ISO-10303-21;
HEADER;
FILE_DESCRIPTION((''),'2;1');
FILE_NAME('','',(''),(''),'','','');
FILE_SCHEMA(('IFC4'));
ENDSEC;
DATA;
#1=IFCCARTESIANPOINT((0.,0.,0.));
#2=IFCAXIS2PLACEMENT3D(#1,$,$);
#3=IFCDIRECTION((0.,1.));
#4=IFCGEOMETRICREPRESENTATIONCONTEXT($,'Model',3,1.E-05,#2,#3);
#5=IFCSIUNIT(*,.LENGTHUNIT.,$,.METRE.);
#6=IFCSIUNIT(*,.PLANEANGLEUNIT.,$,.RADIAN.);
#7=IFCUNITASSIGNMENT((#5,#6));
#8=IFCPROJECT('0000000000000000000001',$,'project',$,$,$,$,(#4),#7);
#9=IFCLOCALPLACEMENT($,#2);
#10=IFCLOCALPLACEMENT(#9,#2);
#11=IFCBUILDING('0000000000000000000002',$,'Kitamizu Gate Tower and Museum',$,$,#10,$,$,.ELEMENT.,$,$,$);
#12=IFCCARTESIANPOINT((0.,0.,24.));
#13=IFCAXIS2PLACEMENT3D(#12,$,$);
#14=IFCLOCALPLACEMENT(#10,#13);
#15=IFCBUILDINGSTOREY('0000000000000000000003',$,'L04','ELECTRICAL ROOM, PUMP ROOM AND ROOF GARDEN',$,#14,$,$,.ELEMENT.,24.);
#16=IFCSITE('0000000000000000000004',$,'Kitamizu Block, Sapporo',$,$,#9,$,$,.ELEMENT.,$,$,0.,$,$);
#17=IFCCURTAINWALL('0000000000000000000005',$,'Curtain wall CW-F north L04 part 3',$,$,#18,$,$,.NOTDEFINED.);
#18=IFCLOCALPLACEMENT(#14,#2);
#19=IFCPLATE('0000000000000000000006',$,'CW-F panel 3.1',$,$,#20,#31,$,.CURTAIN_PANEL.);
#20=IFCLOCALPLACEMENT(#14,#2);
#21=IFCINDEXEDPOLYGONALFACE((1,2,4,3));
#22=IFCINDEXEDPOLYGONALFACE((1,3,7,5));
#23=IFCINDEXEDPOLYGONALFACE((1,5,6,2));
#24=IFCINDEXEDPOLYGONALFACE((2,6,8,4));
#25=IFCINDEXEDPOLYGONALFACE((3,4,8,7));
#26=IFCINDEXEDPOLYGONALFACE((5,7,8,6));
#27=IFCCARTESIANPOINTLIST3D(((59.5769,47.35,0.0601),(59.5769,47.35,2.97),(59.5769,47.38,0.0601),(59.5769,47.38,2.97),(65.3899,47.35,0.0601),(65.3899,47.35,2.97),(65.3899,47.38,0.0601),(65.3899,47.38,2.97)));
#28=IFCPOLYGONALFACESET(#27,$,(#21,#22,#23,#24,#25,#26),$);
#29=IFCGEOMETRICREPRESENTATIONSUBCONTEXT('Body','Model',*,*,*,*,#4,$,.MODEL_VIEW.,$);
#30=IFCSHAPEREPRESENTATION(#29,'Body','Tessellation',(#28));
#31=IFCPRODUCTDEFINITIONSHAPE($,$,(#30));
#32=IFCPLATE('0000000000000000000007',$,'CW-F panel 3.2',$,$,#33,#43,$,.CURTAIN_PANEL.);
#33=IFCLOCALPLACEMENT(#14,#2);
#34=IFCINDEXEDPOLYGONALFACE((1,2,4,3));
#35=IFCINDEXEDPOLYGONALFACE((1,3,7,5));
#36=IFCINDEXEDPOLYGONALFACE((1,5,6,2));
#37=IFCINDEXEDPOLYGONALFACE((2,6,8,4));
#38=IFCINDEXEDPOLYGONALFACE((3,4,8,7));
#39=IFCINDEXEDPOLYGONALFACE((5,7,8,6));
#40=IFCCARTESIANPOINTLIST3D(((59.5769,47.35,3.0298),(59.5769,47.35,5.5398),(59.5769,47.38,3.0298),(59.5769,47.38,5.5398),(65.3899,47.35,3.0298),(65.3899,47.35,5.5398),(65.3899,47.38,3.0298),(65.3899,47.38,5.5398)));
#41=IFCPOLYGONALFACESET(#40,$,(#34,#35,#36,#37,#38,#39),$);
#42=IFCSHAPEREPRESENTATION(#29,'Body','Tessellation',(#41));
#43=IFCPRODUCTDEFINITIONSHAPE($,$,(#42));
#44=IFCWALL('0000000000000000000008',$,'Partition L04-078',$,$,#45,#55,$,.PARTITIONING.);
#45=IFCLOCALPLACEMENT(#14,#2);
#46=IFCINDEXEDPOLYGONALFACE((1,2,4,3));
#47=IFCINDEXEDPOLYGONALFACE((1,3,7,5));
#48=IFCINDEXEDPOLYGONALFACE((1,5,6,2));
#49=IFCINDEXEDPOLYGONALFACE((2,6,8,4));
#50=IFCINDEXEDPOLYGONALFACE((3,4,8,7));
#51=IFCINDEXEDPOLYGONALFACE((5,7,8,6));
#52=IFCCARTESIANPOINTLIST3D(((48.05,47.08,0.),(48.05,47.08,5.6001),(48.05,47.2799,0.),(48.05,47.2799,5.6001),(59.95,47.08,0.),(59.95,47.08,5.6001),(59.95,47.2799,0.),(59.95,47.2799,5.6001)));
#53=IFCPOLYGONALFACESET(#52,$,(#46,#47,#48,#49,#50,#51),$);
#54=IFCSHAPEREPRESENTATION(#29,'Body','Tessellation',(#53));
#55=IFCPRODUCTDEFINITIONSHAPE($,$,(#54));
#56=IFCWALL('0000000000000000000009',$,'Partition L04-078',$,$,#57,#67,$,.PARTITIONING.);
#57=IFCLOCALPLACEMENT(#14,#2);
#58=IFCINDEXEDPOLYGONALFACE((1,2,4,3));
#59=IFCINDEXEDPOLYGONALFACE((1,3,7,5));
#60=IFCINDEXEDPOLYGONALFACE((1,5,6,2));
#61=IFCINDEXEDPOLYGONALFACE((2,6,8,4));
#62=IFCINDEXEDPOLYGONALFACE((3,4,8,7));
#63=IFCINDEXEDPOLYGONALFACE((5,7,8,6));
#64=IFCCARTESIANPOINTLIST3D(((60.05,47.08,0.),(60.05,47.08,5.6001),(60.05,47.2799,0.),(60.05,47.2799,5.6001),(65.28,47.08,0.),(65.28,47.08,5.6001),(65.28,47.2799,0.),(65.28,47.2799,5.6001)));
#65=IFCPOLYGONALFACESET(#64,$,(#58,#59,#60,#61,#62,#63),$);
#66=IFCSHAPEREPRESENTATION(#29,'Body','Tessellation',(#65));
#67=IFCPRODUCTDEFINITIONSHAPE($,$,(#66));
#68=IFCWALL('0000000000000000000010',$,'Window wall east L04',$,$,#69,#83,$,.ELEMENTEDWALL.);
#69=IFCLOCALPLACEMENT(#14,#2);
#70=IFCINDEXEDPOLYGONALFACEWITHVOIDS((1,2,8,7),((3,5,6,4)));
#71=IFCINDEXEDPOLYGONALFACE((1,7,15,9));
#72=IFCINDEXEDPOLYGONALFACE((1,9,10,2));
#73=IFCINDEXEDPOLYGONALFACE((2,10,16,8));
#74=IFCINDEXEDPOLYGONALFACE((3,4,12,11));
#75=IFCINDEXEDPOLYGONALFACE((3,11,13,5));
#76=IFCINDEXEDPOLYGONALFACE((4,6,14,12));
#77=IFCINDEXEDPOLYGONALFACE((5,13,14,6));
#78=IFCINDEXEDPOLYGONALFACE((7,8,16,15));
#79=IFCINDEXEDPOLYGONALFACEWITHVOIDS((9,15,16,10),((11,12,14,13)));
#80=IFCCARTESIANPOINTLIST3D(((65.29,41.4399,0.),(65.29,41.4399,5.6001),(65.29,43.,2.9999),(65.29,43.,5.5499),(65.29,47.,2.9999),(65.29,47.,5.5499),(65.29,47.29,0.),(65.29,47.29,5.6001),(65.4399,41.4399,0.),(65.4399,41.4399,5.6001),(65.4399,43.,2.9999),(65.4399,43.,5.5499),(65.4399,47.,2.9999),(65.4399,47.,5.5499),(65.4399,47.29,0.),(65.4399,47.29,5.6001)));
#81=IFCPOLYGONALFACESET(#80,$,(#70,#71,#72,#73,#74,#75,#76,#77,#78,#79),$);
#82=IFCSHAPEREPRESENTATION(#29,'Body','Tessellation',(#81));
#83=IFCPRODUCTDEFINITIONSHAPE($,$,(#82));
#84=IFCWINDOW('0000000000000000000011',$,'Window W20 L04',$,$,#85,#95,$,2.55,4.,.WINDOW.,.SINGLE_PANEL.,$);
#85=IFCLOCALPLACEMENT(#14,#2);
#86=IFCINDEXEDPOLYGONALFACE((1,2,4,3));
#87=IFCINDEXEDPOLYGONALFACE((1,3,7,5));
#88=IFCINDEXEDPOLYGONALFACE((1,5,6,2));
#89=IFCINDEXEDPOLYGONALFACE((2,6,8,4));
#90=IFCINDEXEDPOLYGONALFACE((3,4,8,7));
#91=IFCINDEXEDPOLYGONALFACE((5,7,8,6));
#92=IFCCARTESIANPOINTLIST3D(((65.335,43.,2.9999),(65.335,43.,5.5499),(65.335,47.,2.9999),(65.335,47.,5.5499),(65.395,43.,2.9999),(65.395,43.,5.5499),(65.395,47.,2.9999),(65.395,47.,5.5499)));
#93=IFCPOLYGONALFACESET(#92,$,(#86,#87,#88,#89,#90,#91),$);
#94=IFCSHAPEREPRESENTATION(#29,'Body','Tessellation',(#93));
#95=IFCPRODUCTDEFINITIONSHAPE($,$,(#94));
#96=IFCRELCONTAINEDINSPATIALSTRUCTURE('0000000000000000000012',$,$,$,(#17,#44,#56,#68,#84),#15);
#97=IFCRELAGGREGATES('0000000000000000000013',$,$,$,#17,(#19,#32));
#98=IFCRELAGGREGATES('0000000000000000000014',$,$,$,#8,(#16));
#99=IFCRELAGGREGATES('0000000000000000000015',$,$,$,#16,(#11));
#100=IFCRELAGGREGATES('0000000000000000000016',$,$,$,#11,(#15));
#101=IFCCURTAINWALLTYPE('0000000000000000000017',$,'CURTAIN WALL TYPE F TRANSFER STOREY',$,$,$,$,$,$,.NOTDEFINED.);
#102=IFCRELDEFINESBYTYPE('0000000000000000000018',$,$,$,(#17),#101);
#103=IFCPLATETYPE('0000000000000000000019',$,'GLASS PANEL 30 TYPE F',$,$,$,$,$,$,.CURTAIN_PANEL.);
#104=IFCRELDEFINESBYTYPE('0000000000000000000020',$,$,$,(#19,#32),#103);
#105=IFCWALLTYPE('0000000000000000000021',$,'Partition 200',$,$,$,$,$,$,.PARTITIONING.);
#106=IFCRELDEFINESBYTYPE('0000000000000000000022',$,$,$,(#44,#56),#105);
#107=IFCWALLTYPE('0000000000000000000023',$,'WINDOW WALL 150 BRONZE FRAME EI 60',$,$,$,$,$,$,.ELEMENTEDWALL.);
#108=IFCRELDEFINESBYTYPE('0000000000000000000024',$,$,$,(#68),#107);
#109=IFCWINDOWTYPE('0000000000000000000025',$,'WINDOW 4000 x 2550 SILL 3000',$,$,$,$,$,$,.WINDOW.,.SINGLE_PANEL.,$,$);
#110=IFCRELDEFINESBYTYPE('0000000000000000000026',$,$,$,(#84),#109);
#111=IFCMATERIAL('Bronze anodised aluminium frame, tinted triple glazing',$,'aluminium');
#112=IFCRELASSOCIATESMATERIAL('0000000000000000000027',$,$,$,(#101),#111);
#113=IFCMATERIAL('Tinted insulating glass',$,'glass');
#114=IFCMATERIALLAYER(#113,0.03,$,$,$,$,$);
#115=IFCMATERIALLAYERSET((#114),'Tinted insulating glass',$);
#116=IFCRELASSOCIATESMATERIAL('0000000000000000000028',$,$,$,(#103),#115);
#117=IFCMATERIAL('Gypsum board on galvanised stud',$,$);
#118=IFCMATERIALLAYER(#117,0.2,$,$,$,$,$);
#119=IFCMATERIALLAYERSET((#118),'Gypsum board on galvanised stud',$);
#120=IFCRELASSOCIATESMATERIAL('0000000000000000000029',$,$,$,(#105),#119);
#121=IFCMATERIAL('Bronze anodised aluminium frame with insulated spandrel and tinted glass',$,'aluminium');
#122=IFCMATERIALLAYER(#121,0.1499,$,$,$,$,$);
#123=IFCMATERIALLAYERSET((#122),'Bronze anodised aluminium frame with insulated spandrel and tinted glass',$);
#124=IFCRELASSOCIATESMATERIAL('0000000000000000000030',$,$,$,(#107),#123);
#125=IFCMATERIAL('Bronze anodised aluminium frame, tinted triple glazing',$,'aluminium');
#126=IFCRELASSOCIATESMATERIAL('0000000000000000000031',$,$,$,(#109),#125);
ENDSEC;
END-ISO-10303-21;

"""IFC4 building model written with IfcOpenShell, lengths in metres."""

from ifc_helpers import new_model, si_unit, direction, frame, frame_2d, origin, origin_2d, place, context, subcontext, project, spatial, rectangle, extrude, material, layer, layer_set, type_object, element, fill, aggregate, save


model = new_model("IFC4")

# Units and contexts
model_context = context("Model", 3, precision=1e-05, world=origin(), true_north=direction((0.0, 1.0)))
body_context = subcontext(model_context, "Body", "Model", "MODEL_VIEW")
ifc_project = project(units=[si_unit("LENGTHUNIT", "METRE"), si_unit("PLANEANGLEUNIT", "RADIAN")], contexts=[model_context])

# Site, building, storey
site_placement = place(None, origin())
site = spatial("IfcSite", under=ifc_project, at=site_placement, Name="Kitamizu Block, Sapporo", CompositionType="ELEMENT", RefElevation=0.0)
building_placement = place(site_placement, origin())
building = spatial("IfcBuilding", under=site, at=building_placement, Name="Kitamizu Gate Tower and Museum", CompositionType="ELEMENT")
storey_placement = place(building_placement, frame((0.0, 0.0, 24.0)))
storey = spatial("IfcBuildingStorey", under=building, at=storey_placement, Name="L04", Description="ELECTRICAL ROOM, PUMP ROOM AND ROOF GARDEN", CompositionType="ELEMENT", Elevation=24.0)

# Shared definitions
ifc_material_1 = material(Name="Bronze anodised aluminium frame, tinted triple glazing", Category="aluminium")
curtain_wall_type = type_object("IfcCurtainWallType", Name="CURTAIN WALL TYPE F TRANSFER STOREY", PredefinedType="NOTDEFINED", material=ifc_material_1)

# Curtain wall
curtain_wall_1_placement = place(storey_placement, origin())
curtain_wall_1 = element("IfcCurtainWall", 1, at=curtain_wall_1_placement, inside=storey, type_object=curtain_wall_type, Name="Curtain wall CW-F north L04 part 3", PredefinedType="NOTDEFINED")

# Plates
ifc_material_2 = material(Name="Tinted insulating glass", Category="glass")
ifc_layer_1 = layer(ifc_material_2, 0.03)
ifc_layer_set_1 = layer_set([ifc_layer_1], Name="Tinted insulating glass")
plate_type = type_object("IfcPlateType", Name="GLASS PANEL 30 TYPE F", PredefinedType="CURTAIN_PANEL", material=ifc_layer_set_1)
plate_1_placement = place(storey_placement, frame((62.4834, 47.365, 0.0601), z_axis=(0.0, 0.0, 1.0), x_axis=(1.0, 0.0, 0.0)))
plate_1 = element("IfcPlate", 2, at=plate_1_placement, type_object=plate_type, Name="CW-F panel 3.1", PredefinedType="CURTAIN_PANEL", context=body_context, shape_type="SweptSolid", body=[
    extrude(rectangle(XDim=5.813, YDim=0.03, at=origin_2d()), origin(), (0.0, 0.0, 1.0), 2.9099),
])
plate_2_placement = place(storey_placement, frame((62.4834, 47.365, 3.0298), z_axis=(0.0, 0.0, 1.0), x_axis=(1.0, 0.0, 0.0)))
plate_2 = element("IfcPlate", 3, at=plate_2_placement, type_object=plate_type, Name="CW-F panel 3.2", PredefinedType="CURTAIN_PANEL", context=body_context, shape_type="SweptSolid", body=[
    extrude(rectangle(XDim=5.813, YDim=0.03, at=origin_2d()), origin(), (0.0, 0.0, 1.0), 2.51),
])
aggregate(curtain_wall_1, [plate_1, plate_2])

# Walls
ifc_material_3 = material(Name="Gypsum board on galvanised stud")
ifc_layer_2 = layer(ifc_material_3, 0.2)
ifc_layer_set_2 = layer_set([ifc_layer_2], Name="Gypsum board on galvanised stud")
wall_type_1 = type_object("IfcWallType", Name="Partition 200", PredefinedType="PARTITIONING", material=ifc_layer_set_2)
wall_1_placement = place(storey_placement, frame((59.95, 47.1799, 0.0), z_axis=(0.0, 0.0, 1.0), x_axis=(-1.0, 0.0, 0.0)))
element("IfcWall", 4, at=wall_1_placement, inside=storey, type_object=wall_type_1, Name="Partition L04-078", PredefinedType="PARTITIONING", context=body_context, shape_type="SweptSolid", body=[
    extrude(rectangle(XDim=11.8999, YDim=0.2, at=frame_2d((5.95, 0.0))), origin(), (0.0, 0.0, 1.0), 5.6001),
])
wall_2_placement = place(storey_placement, frame((65.28, 47.1799, 0.0), z_axis=(0.0, 0.0, 1.0), x_axis=(-1.0, 0.0, 0.0)))
element("IfcWall", 5, at=wall_2_placement, inside=storey, type_object=wall_type_1, Name="Partition L04-078", PredefinedType="PARTITIONING", context=body_context, shape_type="SweptSolid", body=[
    extrude(rectangle(XDim=5.23, YDim=0.2, at=frame_2d((2.615, 0.0))), origin(), (0.0, 0.0, 1.0), 5.6001),
])

# Wall, opening, window
ifc_material_4 = material(Name="Bronze anodised aluminium frame with insulated spandrel and tinted glass", Category="aluminium")
ifc_layer_3 = layer(ifc_material_4, 0.1499)
ifc_layer_set_3 = layer_set([ifc_layer_3], Name="Bronze anodised aluminium frame with insulated spandrel and tinted glass")
wall_type_2 = type_object("IfcWallType", Name="WINDOW WALL 150 BRONZE FRAME EI 60", PredefinedType="ELEMENTEDWALL", material=ifc_layer_set_3)
wall_3_placement = place(storey_placement, frame((65.365, 41.4399, 0.0), z_axis=(0.0, 0.0, 1.0), x_axis=(0.0, 1.0, 0.0)))
wall_3 = element("IfcWall", 6, at=wall_3_placement, inside=storey, type_object=wall_type_2, Name="Window wall east L04", PredefinedType="ELEMENTEDWALL", context=body_context, shape_type="SweptSolid", body=[
    extrude(rectangle(XDim=5.8501, YDim=0.1499, at=frame_2d((2.925, 0.0))), origin(), (0.0, 0.0, 1.0), 5.6001),
])
opening_placement = place(wall_3_placement, frame((1.5601, 0.0, 3.0)))
opening = element("IfcOpeningElement", 7, at=opening_placement, cuts=wall_3, PredefinedType="OPENING", context=body_context, shape_type="SweptSolid", body=[
    extrude(rectangle(XDim=4.0, YDim=2.55, at=frame_2d((2.0, 1.2749))), frame((0.0, 0.085, 0.0), z_axis=(0.0, -1.0, 0.0), x_axis=(1.0, 0.0, 0.0)), (0.0, 0.0, 1.0), 0.1699),
])
ifc_material_5 = material(Name="Bronze anodised aluminium frame, tinted triple glazing", Category="aluminium")
window_type = type_object("IfcWindowType", Name="WINDOW 4000 x 2550 SILL 3000", PartitioningType="SINGLE_PANEL", PredefinedType="WINDOW", material=ifc_material_5)
window_placement = place(opening_placement, origin())
window = element("IfcWindow", 8, at=window_placement, inside=storey, type_object=window_type, Name="Window W20 L04", OverallHeight=2.55, OverallWidth=4.0, PartitioningType="SINGLE_PANEL", PredefinedType="WINDOW", context=body_context, shape_type="SweptSolid", body=[
    extrude(rectangle(XDim=4.0, YDim=2.55, at=frame_2d((2.0, 1.2749))), frame((0.0, 0.03, 0.0), z_axis=(0.0, -1.0, 0.0), x_axis=(1.0, 0.0, 0.0)), (0.0, 0.0, 1.0), 0.0601),
])
fill(opening, window)

save(model, "model.ifc")
